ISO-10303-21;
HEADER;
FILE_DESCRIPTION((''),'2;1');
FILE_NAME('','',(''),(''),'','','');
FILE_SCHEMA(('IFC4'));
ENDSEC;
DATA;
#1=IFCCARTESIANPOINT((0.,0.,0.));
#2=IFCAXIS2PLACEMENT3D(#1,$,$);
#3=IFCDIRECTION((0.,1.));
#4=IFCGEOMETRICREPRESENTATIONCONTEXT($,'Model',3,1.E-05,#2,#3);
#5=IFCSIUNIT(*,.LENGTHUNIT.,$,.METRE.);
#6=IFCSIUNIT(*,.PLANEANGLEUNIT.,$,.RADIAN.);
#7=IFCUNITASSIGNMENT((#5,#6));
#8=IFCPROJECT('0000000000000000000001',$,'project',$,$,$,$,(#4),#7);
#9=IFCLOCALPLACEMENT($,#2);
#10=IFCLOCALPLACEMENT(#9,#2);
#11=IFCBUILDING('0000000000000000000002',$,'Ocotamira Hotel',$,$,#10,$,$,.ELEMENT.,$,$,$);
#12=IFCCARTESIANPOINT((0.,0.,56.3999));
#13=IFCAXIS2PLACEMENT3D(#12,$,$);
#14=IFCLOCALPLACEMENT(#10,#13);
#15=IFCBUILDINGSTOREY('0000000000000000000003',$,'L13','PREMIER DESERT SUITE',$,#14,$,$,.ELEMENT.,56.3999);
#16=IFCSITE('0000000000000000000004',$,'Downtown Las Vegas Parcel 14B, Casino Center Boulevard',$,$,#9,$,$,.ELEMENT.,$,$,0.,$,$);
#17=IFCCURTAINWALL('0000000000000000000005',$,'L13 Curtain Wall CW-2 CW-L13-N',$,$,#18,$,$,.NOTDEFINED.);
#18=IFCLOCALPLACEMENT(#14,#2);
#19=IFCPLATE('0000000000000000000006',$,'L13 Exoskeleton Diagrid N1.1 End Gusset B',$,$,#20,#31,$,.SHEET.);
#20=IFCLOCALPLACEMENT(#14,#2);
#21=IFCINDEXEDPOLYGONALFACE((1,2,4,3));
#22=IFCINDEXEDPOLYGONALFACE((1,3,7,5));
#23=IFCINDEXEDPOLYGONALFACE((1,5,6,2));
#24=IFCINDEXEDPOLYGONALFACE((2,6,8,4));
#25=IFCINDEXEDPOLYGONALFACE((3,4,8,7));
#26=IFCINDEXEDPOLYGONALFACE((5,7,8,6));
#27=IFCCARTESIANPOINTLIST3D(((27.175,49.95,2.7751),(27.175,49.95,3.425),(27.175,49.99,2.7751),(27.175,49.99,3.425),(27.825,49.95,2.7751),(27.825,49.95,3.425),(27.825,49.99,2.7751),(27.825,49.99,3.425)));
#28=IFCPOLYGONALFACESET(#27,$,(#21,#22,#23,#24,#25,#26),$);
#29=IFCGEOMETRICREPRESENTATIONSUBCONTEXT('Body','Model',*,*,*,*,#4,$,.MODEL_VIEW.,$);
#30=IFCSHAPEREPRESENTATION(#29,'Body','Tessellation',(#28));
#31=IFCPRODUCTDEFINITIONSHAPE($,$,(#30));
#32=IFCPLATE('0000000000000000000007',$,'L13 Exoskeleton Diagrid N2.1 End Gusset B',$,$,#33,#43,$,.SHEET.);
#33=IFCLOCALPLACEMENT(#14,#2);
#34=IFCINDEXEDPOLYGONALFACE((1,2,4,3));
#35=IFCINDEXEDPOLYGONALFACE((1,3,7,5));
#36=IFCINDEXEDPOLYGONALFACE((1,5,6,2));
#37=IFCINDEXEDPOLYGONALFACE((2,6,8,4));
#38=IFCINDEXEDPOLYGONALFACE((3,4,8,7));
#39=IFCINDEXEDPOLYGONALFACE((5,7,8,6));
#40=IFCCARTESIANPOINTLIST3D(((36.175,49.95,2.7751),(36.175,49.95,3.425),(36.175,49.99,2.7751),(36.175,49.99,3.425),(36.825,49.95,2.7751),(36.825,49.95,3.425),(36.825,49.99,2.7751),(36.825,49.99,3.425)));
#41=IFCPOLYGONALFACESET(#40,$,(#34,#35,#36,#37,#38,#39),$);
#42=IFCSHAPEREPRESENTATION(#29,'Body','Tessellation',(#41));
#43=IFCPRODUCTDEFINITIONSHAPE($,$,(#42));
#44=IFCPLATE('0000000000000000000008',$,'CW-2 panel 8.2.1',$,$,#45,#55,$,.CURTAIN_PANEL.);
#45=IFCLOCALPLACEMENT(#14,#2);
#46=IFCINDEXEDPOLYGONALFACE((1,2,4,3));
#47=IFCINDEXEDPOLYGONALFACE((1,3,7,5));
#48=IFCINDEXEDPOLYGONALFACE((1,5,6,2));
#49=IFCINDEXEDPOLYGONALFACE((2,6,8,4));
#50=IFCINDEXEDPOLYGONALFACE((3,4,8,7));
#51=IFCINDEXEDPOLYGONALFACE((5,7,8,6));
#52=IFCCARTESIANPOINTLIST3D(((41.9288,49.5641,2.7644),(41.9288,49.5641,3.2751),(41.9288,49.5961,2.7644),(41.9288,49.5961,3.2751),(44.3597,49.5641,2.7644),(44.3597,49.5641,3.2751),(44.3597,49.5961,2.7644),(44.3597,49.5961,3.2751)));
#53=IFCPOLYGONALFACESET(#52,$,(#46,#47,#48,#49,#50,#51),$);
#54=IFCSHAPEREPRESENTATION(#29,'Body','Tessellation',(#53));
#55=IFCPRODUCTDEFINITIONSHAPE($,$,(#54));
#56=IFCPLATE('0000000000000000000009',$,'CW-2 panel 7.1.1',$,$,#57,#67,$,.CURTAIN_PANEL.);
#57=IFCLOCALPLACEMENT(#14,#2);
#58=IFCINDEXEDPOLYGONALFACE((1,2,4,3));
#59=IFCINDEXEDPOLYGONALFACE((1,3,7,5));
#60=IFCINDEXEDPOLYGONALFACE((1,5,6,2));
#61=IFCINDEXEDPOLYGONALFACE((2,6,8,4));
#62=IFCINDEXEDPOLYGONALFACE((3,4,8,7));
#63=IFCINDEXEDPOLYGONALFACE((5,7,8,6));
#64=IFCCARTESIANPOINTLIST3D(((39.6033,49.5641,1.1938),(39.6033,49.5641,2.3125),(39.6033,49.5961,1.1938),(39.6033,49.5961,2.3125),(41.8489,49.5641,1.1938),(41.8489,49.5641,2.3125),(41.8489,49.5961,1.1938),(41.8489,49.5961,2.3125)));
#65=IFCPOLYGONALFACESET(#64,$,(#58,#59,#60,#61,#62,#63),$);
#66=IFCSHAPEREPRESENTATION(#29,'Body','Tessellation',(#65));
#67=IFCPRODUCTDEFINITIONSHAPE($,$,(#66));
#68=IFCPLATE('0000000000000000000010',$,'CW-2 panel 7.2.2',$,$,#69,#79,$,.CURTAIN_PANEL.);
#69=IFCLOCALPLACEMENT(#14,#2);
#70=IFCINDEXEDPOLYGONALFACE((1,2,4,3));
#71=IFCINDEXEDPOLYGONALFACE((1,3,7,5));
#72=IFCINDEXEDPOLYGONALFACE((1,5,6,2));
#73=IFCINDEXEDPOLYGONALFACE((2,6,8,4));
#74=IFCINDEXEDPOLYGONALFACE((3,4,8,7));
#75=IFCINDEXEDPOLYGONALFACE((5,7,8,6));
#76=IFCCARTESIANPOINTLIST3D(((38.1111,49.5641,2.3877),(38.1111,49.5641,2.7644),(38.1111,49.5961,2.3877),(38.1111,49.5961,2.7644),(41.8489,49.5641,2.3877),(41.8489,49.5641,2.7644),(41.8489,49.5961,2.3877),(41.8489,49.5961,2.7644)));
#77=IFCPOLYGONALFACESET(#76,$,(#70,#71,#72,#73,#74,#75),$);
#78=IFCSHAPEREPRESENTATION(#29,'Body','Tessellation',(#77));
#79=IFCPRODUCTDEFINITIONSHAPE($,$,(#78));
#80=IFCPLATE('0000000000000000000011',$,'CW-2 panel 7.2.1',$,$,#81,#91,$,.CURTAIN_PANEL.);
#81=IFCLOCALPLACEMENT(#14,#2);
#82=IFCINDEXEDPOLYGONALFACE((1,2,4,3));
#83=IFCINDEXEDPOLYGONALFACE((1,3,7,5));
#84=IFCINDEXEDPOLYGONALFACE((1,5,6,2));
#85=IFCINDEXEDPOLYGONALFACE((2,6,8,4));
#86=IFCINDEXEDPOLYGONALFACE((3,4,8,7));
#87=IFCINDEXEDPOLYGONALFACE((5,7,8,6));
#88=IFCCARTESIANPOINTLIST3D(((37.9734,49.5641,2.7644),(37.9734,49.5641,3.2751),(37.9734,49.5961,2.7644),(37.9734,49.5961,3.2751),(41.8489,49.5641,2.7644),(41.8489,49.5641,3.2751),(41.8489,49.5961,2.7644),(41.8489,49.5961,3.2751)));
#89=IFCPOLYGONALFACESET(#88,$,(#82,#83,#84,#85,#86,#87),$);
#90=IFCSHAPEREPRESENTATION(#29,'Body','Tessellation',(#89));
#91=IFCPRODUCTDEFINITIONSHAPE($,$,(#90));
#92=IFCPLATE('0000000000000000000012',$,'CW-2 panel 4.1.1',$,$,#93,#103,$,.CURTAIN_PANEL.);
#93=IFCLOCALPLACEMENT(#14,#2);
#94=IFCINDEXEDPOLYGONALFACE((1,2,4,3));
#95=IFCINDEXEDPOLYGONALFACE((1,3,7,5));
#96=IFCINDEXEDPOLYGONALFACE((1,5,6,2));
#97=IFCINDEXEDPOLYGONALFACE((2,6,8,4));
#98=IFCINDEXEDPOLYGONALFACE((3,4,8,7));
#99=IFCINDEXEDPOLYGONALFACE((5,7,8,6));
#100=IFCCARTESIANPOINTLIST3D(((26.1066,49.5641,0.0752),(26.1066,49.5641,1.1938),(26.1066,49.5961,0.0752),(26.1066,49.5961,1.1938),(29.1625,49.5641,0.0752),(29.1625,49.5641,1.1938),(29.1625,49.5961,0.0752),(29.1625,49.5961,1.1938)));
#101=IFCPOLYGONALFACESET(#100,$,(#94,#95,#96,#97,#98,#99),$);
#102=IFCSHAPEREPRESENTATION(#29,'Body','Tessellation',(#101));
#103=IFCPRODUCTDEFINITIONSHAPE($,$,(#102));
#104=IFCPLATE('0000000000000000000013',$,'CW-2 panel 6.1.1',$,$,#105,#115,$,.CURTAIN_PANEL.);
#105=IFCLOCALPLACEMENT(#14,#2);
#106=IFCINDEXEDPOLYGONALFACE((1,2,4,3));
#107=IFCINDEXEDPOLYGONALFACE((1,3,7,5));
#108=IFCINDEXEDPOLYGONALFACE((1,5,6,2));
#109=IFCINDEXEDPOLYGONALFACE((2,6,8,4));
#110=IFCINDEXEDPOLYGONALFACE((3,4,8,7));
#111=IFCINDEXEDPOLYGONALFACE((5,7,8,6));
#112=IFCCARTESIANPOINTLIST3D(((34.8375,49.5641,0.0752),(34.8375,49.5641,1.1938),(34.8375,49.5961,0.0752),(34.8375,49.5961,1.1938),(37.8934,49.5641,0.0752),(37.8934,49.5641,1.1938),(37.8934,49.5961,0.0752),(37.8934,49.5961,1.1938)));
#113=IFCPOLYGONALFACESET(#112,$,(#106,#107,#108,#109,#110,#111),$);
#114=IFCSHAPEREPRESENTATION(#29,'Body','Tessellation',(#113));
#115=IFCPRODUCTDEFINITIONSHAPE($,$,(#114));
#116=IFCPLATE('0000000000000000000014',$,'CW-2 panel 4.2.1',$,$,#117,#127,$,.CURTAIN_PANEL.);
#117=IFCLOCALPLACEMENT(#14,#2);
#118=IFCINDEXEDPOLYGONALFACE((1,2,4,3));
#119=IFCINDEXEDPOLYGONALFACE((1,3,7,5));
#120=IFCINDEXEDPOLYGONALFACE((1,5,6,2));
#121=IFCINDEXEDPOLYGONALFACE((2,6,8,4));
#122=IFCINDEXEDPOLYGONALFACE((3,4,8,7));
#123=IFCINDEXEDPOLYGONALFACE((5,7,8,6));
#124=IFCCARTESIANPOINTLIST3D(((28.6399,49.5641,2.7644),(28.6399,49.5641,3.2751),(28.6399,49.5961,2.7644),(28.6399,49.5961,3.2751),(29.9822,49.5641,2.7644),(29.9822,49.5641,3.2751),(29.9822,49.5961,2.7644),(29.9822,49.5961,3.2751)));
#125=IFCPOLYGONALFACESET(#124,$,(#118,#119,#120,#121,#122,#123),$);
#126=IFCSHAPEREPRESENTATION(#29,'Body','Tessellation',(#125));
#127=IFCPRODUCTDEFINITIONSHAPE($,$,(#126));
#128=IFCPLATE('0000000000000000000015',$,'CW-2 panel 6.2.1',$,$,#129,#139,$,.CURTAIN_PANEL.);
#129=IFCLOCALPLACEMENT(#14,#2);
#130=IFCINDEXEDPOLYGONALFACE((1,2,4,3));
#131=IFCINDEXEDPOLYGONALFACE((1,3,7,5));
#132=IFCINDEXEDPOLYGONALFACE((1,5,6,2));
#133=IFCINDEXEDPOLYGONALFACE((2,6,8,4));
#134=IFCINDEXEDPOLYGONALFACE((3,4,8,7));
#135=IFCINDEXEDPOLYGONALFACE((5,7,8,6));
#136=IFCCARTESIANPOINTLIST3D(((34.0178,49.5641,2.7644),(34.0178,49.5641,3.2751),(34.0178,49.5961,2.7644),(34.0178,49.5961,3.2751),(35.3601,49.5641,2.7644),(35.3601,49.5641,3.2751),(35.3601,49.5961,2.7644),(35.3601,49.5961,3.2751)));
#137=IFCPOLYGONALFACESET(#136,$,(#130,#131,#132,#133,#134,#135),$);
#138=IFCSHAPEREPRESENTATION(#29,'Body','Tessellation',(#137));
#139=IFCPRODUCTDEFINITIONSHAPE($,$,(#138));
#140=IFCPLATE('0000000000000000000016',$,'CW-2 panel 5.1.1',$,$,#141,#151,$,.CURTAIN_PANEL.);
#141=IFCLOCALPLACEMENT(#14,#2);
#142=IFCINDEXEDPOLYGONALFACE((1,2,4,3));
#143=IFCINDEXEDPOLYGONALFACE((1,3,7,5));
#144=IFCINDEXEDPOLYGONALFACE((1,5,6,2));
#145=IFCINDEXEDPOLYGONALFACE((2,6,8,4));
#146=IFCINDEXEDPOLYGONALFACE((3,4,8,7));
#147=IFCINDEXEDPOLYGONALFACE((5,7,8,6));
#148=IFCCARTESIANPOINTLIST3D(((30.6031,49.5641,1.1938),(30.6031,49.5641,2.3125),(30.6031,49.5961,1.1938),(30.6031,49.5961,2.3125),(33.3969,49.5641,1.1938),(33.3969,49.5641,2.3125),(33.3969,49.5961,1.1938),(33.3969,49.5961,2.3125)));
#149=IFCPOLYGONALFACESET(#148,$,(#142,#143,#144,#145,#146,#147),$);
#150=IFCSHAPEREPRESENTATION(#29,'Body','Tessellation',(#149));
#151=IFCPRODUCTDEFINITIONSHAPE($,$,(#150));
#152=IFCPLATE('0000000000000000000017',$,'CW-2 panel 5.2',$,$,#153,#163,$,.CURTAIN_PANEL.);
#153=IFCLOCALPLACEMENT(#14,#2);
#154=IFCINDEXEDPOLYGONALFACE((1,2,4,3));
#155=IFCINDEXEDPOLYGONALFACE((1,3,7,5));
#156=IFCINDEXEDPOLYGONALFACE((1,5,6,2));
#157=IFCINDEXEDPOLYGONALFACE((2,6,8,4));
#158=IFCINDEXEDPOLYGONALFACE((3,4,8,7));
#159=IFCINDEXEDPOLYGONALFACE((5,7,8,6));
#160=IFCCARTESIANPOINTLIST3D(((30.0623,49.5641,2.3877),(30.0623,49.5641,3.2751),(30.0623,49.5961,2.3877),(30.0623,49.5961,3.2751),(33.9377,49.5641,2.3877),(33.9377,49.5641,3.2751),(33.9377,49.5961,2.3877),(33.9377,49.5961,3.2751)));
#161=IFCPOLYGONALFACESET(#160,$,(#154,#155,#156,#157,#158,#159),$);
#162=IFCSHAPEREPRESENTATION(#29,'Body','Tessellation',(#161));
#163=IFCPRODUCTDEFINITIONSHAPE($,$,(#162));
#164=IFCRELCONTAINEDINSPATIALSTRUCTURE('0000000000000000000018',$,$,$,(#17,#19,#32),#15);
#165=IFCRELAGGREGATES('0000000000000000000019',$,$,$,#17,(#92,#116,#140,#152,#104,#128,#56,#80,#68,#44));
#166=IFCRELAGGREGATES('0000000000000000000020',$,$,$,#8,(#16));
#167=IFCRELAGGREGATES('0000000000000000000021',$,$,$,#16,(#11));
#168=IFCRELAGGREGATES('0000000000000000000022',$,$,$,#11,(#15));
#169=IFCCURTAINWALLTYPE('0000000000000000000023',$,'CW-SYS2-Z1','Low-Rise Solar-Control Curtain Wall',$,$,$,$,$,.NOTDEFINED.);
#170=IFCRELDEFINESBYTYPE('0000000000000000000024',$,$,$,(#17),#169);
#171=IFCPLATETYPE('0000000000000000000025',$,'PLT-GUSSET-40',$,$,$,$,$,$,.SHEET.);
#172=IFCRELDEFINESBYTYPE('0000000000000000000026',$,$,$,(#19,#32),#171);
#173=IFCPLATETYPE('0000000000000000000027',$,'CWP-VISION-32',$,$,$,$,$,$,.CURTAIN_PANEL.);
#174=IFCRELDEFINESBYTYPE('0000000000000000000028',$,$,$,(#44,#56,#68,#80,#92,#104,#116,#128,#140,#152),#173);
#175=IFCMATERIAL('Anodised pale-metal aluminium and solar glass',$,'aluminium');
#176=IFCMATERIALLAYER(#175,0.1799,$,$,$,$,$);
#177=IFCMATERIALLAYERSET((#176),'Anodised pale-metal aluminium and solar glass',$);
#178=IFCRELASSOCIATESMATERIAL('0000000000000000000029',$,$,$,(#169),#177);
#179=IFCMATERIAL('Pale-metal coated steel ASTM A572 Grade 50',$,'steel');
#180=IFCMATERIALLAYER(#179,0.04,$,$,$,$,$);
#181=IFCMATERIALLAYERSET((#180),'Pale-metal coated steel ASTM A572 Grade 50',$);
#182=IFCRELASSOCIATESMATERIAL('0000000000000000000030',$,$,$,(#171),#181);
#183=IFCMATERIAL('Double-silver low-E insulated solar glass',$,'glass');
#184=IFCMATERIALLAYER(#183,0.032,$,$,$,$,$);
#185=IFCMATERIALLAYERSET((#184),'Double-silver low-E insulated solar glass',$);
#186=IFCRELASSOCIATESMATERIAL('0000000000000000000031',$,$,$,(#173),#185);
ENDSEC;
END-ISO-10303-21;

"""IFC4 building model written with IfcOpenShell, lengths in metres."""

from ifc_helpers import new_model, si_unit, direction, frame, origin, origin_2d, place, context, subcontext, project, spatial, rectangle, extrude, source, transform, mapped, material, layer, layer_set, type_object, element, aggregate, save


model = new_model("IFC4")

# Units and contexts
model_context = context("Model", 3, precision=1e-05, world=origin(), true_north=direction((0.0, 1.0)))
body_context = subcontext(model_context, "Body", "Model", "MODEL_VIEW")
ifc_project = project(units=[si_unit("LENGTHUNIT", "METRE"), si_unit("PLANEANGLEUNIT", "RADIAN")], contexts=[model_context])

# Site, building, storey
site_placement = place(None, origin())
site = spatial("IfcSite", under=ifc_project, at=site_placement, Name="Downtown Las Vegas Parcel 14B, Casino Center Boulevard", CompositionType="ELEMENT", RefElevation=0.0)
building_placement = place(site_placement, origin())
building = spatial("IfcBuilding", under=site, at=building_placement, Name="Ocotamira Hotel", CompositionType="ELEMENT")
storey_placement = place(building_placement, frame((0.0, 0.0, 56.3999)))
storey = spatial("IfcBuildingStorey", under=building, at=storey_placement, Name="L13", Description="PREMIER DESERT SUITE", CompositionType="ELEMENT", Elevation=56.3999)

# Curtain wall
ifc_material_1 = material(Name="Anodised pale-metal aluminium and solar glass", Category="aluminium")
ifc_layer_1 = layer(ifc_material_1, 0.1799)
ifc_layer_set_1 = layer_set([ifc_layer_1], Name="Anodised pale-metal aluminium and solar glass")
curtain_wall_type = type_object("IfcCurtainWallType", Name="CW-SYS2-Z1", Description="Low-Rise Solar-Control Curtain Wall", PredefinedType="NOTDEFINED", material=ifc_layer_set_1)
curtain_wall_placement = place(storey_placement, origin())
curtain_wall = element("IfcCurtainWall", 1, at=curtain_wall_placement, inside=storey, type_object=curtain_wall_type, Name="L13 Curtain Wall CW-2 CW-L13-N", PredefinedType="NOTDEFINED")

# Plates
ifc_material_2 = material(Name="Pale-metal coated steel ASTM A572 Grade 50", Category="steel")
ifc_layer_2 = layer(ifc_material_2, 0.04)
ifc_layer_set_2 = layer_set([ifc_layer_2], Name="Pale-metal coated steel ASTM A572 Grade 50")
plate_type_1 = type_object("IfcPlateType", Name="PLT-GUSSET-40", PredefinedType="SHEET", material=ifc_layer_set_2)
shared_shape_1 = source(origin(), body_context, "Body", "SweptSolid", [
    extrude(rectangle(XDim=0.6499, YDim=0.04, at=origin_2d()), origin(), (0.0, 0.0, 1.0), 0.6499),
])
for number, where, z_axis, x_axis, name in (
    (2, (27.5, 49.97, 2.7751), (0.0, 0.0, 1.0), (1.0, 0.0, 0.0), "L13 Exoskeleton Diagrid N1.1 End Gusset B"),
    (3, (36.5, 49.97, 2.7751), (0.0, 0.0, 1.0), (1.0, 0.0, 0.0), "L13 Exoskeleton Diagrid N2.1 End Gusset B"),
):
    element("IfcPlate", number, at=place(storey_placement, frame(where, z_axis=z_axis, x_axis=x_axis)), inside=storey, type_object=plate_type_1, Name=name, PredefinedType="SHEET", context=body_context, shape_type="MappedRepresentation", body=[
        mapped(shared_shape_1, transform((0.0, 0.0, 0.0), scale=1.0)),
    ])

# Plates
ifc_material_3 = material(Name="Double-silver low-E insulated solar glass", Category="glass")
ifc_layer_3 = layer(ifc_material_3, 0.032)
ifc_layer_set_3 = layer_set([ifc_layer_3], Name="Double-silver low-E insulated solar glass")
plate_type_2 = type_object("IfcPlateType", Name="CWP-VISION-32", PredefinedType="CURTAIN_PANEL", material=ifc_layer_set_3)
shared_shape_2 = source(origin(), body_context, "Body", "SweptSolid", [
    extrude(rectangle(XDim=2.4309, YDim=0.032, at=origin_2d()), origin(), (0.0, 0.0, 1.0), 0.5107),
])
plate_1_placement = place(storey_placement, frame((43.1443, 49.5801, 2.7644), z_axis=(0.0, 0.0, 1.0), x_axis=(1.0, 0.0, 0.0)))
plate_1 = element("IfcPlate", 4, at=plate_1_placement, type_object=plate_type_2, Name="CW-2 panel 8.2.1", PredefinedType="CURTAIN_PANEL", context=body_context, shape_type="MappedRepresentation", body=[
    mapped(shared_shape_2, transform((0.0, 0.0, 0.0), scale=1.0)),
])
shared_shape_3 = source(origin(), body_context, "Body", "SweptSolid", [
    extrude(rectangle(XDim=2.2456, YDim=0.032, at=origin_2d()), origin(), (0.0, 0.0, 1.0), 1.1187),
])
plate_2_placement = place(storey_placement, frame((40.7261, 49.5801, 1.1938), z_axis=(0.0, 0.0, 1.0), x_axis=(1.0, 0.0, 0.0)))
plate_2 = element("IfcPlate", 5, at=plate_2_placement, type_object=plate_type_2, Name="CW-2 panel 7.1.1", PredefinedType="CURTAIN_PANEL", context=body_context, shape_type="MappedRepresentation", body=[
    mapped(shared_shape_3, transform((0.0, 0.0, 0.0), scale=1.0)),
])
shared_shape_4 = source(origin(), body_context, "Body", "SweptSolid", [
    extrude(rectangle(XDim=3.7378, YDim=0.032, at=origin_2d()), origin(), (0.0, 0.0, 1.0), 0.3767),
])
plate_3_placement = place(storey_placement, frame((39.98, 49.5801, 2.3877), z_axis=(0.0, 0.0, 1.0), x_axis=(1.0, 0.0, 0.0)))
plate_3 = element("IfcPlate", 6, at=plate_3_placement, type_object=plate_type_2, Name="CW-2 panel 7.2.2", PredefinedType="CURTAIN_PANEL", context=body_context, shape_type="MappedRepresentation", body=[
    mapped(shared_shape_4, transform((0.0, 0.0, 0.0), scale=1.0)),
])
shared_shape_5 = source(origin(), body_context, "Body", "SweptSolid", [
    extrude(rectangle(XDim=3.8755, YDim=0.032, at=origin_2d()), origin(), (0.0, 0.0, 1.0), 0.5107),
])
plate_4_placement = place(storey_placement, frame((39.9111, 49.5801, 2.7644), z_axis=(0.0, 0.0, 1.0), x_axis=(1.0, 0.0, 0.0)))
plate_4 = element("IfcPlate", 7, at=plate_4_placement, type_object=plate_type_2, Name="CW-2 panel 7.2.1", PredefinedType="CURTAIN_PANEL", context=body_context, shape_type="MappedRepresentation", body=[
    mapped(shared_shape_5, transform((0.0, 0.0, 0.0), scale=1.0)),
])
shared_shape_6 = source(origin(), body_context, "Body", "SweptSolid", [
    extrude(rectangle(XDim=3.0559, YDim=0.032, at=origin_2d()), origin(), (0.0, 0.0, 1.0), 1.1187),
])
plate_5_placement = place(storey_placement, frame((27.6345, 49.5801, 0.0752), z_axis=(0.0, 0.0, 1.0), x_axis=(1.0, 0.0, 0.0)))
plate_5 = element("IfcPlate", 8, at=plate_5_placement, type_object=plate_type_2, Name="CW-2 panel 4.1.1", PredefinedType="CURTAIN_PANEL", context=body_context, shape_type="MappedRepresentation", body=[
    mapped(shared_shape_6, transform((0.0, 0.0, 0.0), scale=1.0)),
])
plate_6_placement = place(storey_placement, frame((36.3655, 49.5801, 0.0752), z_axis=(0.0, 0.0, 1.0), x_axis=(1.0, 0.0, 0.0)))
plate_6 = element("IfcPlate", 9, at=plate_6_placement, type_object=plate_type_2, Name="CW-2 panel 6.1.1", PredefinedType="CURTAIN_PANEL", context=body_context, shape_type="MappedRepresentation", body=[
    mapped(shared_shape_6, transform((0.0, 0.0, 0.0), scale=1.0)),
])
shared_shape_7 = source(origin(), body_context, "Body", "SweptSolid", [
    extrude(rectangle(XDim=1.3423, YDim=0.032, at=origin_2d()), origin(), (0.0, 0.0, 1.0), 0.5107),
])
plate_7_placement = place(storey_placement, frame((29.311, 49.5801, 2.7644), z_axis=(0.0, 0.0, 1.0), x_axis=(1.0, 0.0, 0.0)))
plate_7 = element("IfcPlate", 10, at=plate_7_placement, type_object=plate_type_2, Name="CW-2 panel 4.2.1", PredefinedType="CURTAIN_PANEL", context=body_context, shape_type="MappedRepresentation", body=[
    mapped(shared_shape_7, transform((0.0, 0.0, 0.0), scale=1.0)),
])
plate_8_placement = place(storey_placement, frame((34.689, 49.5801, 2.7644), z_axis=(0.0, 0.0, 1.0), x_axis=(1.0, 0.0, 0.0)))
plate_8 = element("IfcPlate", 11, at=plate_8_placement, type_object=plate_type_2, Name="CW-2 panel 6.2.1", PredefinedType="CURTAIN_PANEL", context=body_context, shape_type="MappedRepresentation", body=[
    mapped(shared_shape_7, transform((0.0, 0.0, 0.0), scale=1.0)),
])
shared_shape_8 = source(origin(), body_context, "Body", "SweptSolid", [
    extrude(rectangle(XDim=2.7937, YDim=0.032, at=origin_2d()), origin(), (0.0, 0.0, 1.0), 1.1187),
])
plate_9_placement = place(storey_placement, frame((32.0, 49.5801, 1.1938), z_axis=(0.0, 0.0, 1.0), x_axis=(1.0, 0.0, 0.0)))
plate_9 = element("IfcPlate", 12, at=plate_9_placement, type_object=plate_type_2, Name="CW-2 panel 5.1.1", PredefinedType="CURTAIN_PANEL", context=body_context, shape_type="MappedRepresentation", body=[
    mapped(shared_shape_8, transform((0.0, 0.0, 0.0), scale=1.0)),
])
shared_shape_9 = source(origin(), body_context, "Body", "SweptSolid", [
    extrude(rectangle(XDim=3.8755, YDim=0.032, at=origin_2d()), origin(), (0.0, 0.0, 1.0), 0.8875),
])
plate_10_placement = place(storey_placement, frame((32.0, 49.5801, 2.3877), z_axis=(0.0, 0.0, 1.0), x_axis=(1.0, 0.0, 0.0)))
plate_10 = element("IfcPlate", 13, at=plate_10_placement, type_object=plate_type_2, Name="CW-2 panel 5.2", PredefinedType="CURTAIN_PANEL", context=body_context, shape_type="MappedRepresentation", body=[
    mapped(shared_shape_9, transform((0.0, 0.0, 0.0), scale=1.0)),
])
aggregate(curtain_wall, [plate_5, plate_7, plate_9, plate_10, plate_6, plate_8, plate_2, plate_4, plate_3, plate_1])

save(model, "model.ifc")
